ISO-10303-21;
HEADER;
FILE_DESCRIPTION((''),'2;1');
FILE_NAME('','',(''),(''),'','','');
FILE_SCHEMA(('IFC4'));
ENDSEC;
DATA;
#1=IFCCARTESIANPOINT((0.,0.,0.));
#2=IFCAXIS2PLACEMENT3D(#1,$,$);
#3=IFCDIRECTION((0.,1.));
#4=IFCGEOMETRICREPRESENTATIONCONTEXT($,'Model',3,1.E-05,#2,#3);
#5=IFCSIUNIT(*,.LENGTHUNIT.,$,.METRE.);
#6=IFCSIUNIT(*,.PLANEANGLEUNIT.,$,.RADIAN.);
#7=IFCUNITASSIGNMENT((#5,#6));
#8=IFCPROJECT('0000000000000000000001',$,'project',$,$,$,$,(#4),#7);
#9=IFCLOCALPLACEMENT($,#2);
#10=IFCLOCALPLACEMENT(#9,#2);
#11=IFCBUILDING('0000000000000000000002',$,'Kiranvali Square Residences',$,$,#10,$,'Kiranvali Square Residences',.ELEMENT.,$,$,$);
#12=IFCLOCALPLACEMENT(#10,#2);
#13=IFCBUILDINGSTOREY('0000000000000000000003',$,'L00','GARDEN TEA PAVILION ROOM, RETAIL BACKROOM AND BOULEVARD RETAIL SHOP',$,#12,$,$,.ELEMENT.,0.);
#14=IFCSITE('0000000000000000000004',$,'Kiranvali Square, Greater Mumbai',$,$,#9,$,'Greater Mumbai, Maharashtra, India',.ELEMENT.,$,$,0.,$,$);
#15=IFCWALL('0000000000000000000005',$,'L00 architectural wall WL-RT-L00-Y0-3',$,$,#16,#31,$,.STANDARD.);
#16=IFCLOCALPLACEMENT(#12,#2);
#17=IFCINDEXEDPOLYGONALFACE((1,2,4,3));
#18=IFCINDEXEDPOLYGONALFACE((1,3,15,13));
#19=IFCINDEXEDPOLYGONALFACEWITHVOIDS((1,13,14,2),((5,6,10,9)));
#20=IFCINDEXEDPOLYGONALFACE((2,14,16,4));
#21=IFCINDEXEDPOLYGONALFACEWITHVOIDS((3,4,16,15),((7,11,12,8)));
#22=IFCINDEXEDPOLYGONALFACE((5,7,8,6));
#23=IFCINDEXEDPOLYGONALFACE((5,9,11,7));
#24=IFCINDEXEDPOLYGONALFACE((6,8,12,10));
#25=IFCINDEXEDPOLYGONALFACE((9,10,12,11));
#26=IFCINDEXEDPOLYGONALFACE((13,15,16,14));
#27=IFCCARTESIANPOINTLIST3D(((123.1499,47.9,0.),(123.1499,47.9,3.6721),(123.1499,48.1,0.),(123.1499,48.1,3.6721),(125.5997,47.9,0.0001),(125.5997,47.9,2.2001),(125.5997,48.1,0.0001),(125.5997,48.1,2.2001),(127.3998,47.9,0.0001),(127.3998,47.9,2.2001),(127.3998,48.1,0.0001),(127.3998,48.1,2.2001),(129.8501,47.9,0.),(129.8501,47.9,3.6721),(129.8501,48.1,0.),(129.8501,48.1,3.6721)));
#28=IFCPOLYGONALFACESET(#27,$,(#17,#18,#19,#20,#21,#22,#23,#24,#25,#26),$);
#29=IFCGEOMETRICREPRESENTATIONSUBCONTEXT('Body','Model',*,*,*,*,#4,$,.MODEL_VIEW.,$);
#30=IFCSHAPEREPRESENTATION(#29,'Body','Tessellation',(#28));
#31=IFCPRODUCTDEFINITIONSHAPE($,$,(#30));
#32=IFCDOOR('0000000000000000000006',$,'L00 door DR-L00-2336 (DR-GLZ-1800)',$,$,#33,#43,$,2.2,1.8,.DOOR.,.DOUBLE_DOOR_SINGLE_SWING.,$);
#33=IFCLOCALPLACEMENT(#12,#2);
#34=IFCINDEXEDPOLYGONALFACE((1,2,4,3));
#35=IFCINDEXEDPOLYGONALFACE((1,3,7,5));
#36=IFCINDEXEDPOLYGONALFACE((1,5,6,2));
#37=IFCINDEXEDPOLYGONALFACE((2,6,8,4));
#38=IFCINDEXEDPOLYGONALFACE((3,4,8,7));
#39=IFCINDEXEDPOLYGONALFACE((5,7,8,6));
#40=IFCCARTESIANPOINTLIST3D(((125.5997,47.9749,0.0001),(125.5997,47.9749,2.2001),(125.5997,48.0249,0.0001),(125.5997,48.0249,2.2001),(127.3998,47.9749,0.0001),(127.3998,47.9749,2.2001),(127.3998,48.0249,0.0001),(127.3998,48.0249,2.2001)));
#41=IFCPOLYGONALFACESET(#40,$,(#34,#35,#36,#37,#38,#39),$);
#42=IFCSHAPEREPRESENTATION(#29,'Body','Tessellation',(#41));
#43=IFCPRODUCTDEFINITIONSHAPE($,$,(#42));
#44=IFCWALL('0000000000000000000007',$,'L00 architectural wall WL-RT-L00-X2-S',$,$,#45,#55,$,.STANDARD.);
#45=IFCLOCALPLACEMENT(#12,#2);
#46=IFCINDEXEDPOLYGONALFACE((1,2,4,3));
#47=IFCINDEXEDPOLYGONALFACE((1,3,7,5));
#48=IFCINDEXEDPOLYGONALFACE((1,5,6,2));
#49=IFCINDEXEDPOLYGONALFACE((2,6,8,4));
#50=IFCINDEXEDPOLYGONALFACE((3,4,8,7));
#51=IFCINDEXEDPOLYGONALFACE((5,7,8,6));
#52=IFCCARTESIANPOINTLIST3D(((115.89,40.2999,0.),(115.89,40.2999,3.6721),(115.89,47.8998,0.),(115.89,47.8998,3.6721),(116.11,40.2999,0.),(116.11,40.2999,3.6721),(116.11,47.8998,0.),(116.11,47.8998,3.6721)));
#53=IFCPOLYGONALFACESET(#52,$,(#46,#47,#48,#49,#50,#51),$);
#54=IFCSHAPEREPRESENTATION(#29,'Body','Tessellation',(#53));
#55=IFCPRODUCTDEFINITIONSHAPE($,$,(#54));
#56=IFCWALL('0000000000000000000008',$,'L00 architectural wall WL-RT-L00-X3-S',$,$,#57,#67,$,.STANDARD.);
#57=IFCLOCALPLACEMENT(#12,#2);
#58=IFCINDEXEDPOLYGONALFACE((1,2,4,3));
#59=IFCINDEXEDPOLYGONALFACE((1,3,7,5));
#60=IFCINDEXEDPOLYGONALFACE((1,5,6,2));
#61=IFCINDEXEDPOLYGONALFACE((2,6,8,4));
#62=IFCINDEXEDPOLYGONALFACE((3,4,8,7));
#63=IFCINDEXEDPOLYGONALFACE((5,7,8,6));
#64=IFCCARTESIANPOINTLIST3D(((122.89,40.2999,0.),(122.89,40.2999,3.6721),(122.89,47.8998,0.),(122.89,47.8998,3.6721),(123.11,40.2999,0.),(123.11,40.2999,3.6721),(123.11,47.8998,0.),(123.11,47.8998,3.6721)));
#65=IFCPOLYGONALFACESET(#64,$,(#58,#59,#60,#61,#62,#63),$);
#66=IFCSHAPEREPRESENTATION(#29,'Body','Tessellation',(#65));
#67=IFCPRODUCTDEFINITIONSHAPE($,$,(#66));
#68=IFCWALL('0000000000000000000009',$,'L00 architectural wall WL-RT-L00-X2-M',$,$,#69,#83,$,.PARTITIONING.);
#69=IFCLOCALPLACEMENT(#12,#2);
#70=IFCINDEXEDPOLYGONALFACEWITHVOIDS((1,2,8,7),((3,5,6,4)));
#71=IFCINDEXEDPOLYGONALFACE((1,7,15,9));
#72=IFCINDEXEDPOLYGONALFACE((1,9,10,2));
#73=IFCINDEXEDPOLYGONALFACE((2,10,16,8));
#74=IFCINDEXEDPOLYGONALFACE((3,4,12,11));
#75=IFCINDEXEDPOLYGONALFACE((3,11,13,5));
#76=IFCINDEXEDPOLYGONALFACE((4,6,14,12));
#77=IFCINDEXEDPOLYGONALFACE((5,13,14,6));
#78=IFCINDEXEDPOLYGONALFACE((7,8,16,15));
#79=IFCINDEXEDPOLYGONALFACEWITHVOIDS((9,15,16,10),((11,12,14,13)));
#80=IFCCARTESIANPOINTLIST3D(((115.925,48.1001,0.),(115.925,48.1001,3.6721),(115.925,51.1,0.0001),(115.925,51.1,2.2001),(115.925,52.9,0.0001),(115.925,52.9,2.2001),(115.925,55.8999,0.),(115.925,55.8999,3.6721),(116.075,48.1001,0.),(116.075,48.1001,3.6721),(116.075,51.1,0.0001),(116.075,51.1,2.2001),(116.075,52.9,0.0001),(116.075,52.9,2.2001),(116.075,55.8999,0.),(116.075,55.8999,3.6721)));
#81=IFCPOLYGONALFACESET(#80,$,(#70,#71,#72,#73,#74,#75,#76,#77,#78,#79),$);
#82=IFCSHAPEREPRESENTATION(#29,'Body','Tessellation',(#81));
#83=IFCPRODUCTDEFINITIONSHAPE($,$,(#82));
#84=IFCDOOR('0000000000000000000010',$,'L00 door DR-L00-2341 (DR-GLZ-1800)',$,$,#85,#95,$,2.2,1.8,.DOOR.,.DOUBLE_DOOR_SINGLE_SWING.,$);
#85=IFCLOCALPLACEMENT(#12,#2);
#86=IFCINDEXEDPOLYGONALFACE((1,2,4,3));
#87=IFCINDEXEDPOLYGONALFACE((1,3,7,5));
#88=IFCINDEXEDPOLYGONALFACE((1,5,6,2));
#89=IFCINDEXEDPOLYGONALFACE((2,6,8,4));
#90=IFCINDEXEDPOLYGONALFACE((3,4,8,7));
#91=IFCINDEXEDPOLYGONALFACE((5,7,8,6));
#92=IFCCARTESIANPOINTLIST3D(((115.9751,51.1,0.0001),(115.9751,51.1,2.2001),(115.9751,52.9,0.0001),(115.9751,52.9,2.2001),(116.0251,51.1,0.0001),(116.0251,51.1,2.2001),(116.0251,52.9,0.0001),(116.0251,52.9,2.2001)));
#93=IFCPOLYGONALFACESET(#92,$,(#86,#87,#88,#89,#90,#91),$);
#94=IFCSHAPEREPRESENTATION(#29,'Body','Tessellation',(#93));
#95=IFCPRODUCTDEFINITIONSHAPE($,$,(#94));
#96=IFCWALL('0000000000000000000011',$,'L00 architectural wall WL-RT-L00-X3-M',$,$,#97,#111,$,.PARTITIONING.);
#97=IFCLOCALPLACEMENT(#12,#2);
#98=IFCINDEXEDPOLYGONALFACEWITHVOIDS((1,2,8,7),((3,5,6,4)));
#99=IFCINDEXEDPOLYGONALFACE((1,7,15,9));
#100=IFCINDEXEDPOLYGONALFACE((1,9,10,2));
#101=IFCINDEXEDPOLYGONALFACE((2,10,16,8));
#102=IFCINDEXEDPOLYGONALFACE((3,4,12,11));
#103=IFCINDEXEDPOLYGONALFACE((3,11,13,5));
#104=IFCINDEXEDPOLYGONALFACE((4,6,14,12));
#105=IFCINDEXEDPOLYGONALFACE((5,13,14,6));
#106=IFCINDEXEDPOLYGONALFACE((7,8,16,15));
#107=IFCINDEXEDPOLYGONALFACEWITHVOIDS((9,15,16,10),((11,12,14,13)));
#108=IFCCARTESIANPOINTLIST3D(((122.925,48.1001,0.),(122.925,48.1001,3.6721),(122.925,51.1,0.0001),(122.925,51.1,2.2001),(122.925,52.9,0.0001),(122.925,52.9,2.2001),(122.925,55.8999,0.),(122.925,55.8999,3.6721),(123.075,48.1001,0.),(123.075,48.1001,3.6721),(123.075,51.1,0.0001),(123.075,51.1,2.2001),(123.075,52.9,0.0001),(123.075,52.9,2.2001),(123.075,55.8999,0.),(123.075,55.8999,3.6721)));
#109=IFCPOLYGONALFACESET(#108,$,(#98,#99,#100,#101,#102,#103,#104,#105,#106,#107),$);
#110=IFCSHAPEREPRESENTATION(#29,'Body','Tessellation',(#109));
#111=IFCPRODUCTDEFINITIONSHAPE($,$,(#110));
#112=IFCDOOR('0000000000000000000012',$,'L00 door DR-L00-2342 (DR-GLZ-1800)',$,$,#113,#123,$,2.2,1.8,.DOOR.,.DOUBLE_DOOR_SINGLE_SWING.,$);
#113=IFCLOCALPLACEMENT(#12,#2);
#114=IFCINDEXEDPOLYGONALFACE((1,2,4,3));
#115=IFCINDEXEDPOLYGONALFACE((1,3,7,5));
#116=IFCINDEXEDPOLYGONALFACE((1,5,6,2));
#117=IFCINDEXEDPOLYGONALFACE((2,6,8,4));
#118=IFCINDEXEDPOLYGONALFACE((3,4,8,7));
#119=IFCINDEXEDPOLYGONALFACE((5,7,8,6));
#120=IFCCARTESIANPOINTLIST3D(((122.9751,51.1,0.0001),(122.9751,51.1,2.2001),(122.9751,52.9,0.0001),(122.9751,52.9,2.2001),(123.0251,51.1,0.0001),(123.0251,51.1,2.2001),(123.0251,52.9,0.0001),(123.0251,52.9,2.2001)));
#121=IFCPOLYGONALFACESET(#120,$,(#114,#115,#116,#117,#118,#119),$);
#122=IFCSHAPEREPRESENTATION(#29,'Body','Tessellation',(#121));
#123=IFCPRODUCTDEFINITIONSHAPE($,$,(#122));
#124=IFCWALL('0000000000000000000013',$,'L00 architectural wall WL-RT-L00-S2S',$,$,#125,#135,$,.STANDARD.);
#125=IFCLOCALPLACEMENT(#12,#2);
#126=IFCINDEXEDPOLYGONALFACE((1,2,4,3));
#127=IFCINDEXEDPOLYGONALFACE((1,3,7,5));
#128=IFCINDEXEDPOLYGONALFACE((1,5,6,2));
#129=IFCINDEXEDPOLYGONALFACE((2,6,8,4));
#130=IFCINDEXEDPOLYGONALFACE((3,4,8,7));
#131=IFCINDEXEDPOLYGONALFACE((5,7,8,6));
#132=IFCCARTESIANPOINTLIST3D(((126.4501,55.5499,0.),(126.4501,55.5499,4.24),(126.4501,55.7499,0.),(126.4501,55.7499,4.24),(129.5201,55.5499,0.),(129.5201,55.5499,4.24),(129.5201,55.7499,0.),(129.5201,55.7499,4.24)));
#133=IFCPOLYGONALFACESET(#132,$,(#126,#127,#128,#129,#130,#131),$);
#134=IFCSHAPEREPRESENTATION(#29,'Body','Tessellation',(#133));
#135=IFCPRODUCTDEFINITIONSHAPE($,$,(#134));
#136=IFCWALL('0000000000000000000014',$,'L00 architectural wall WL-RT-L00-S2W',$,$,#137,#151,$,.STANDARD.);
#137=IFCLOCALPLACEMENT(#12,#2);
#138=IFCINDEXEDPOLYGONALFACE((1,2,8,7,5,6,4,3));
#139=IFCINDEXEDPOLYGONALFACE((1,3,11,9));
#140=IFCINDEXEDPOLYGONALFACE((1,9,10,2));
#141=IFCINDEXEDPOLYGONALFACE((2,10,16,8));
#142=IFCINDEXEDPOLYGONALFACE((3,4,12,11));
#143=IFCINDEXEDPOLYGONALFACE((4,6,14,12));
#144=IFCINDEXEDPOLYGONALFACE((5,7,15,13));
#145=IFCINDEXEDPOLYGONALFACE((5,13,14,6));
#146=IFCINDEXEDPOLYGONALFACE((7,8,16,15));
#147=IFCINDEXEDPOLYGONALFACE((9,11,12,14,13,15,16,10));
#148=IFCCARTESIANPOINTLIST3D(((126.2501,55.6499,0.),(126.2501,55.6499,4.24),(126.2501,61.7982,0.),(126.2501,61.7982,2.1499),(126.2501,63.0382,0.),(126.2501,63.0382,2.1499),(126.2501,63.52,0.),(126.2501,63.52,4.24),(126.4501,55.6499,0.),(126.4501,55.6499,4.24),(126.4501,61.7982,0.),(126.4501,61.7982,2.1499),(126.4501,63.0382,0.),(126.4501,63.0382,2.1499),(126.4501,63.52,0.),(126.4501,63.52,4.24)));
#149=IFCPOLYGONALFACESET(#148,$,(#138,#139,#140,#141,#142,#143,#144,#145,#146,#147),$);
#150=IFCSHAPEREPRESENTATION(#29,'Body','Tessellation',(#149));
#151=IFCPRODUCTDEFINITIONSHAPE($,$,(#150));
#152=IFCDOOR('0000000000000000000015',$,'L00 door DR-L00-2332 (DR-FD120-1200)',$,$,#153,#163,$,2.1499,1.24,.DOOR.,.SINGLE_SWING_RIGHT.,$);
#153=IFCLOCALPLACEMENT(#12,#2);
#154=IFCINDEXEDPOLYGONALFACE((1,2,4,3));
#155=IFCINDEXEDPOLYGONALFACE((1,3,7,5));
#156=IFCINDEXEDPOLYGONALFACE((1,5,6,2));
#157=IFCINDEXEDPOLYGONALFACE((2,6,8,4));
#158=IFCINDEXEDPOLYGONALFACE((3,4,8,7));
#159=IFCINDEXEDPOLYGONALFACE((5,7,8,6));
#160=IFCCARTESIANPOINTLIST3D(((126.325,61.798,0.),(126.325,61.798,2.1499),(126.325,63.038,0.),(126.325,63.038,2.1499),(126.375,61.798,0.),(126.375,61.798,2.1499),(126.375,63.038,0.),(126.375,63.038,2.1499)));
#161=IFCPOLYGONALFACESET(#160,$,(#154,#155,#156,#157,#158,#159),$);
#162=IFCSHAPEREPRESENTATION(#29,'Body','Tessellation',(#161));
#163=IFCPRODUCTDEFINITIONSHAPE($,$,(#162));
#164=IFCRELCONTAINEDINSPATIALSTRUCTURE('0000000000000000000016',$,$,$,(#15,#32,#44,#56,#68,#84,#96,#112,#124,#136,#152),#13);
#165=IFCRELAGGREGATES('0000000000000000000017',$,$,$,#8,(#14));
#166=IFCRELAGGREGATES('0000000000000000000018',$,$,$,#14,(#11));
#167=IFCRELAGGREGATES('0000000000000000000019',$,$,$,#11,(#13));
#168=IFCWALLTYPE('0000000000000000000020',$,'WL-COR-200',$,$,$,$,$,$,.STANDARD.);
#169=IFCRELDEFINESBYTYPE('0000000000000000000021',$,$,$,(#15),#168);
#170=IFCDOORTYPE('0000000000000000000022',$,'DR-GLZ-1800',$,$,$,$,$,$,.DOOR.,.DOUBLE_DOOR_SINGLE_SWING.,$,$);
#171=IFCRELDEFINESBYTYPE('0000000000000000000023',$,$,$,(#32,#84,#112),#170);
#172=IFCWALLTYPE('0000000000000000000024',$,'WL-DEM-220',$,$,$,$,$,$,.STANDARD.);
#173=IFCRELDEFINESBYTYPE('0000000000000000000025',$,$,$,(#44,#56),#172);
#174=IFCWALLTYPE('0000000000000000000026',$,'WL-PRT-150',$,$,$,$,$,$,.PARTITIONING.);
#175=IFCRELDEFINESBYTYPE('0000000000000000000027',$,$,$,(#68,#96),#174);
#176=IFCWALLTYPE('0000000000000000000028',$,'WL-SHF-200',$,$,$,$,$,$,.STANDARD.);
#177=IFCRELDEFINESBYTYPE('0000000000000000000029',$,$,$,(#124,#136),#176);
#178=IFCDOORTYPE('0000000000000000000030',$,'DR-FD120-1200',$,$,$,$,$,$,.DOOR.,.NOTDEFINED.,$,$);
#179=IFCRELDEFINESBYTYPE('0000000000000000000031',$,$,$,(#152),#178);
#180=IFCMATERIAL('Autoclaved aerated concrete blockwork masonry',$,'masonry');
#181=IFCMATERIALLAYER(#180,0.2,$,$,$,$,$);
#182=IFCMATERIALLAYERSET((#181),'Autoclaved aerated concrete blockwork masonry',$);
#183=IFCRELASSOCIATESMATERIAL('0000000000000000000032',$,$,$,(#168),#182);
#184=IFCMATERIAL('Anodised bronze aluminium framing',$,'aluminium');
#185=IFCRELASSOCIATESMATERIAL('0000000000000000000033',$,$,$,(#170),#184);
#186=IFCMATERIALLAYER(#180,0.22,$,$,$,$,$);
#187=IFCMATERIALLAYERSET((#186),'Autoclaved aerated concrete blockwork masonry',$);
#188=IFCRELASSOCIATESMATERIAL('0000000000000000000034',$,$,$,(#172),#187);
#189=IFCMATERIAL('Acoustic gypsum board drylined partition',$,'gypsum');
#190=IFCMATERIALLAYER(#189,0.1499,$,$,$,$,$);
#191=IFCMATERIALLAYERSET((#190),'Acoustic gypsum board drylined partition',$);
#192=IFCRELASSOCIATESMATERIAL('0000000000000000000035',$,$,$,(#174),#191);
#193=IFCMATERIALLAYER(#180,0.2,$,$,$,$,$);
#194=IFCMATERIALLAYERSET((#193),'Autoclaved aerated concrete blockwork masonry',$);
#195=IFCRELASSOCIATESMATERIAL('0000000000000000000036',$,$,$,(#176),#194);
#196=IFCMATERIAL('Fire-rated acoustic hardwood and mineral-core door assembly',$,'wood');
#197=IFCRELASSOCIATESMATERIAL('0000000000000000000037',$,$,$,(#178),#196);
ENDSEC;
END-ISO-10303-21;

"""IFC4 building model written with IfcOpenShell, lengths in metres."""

from ifc_helpers import new_model, si_unit, direction, frame, frame_2d, origin, place, context, subcontext, project, spatial, rectangle, extrude, material, layer, layer_set, type_object, element, fill, save


model = new_model("IFC4")

# Units and contexts
model_context = context("Model", 3, precision=1e-05, world=origin(), true_north=direction((0.0, 1.0)))
body_context = subcontext(model_context, "Body", "Model", "MODEL_VIEW")
ifc_project = project(units=[si_unit("LENGTHUNIT", "METRE"), si_unit("PLANEANGLEUNIT", "RADIAN")], contexts=[model_context])

# Site, building, storey
site_placement = place(None, origin())
site = spatial("IfcSite", under=ifc_project, at=site_placement, Name="Kiranvali Square, Greater Mumbai", LongName="Greater Mumbai, Maharashtra, India", CompositionType="ELEMENT", RefElevation=0.0)
building_placement = place(site_placement, origin())
building = spatial("IfcBuilding", under=site, at=building_placement, Name="Kiranvali Square Residences", LongName="Kiranvali Square Residences", CompositionType="ELEMENT")
storey_placement = place(building_placement, origin())
storey = spatial("IfcBuildingStorey", under=building, at=storey_placement, Name="L00", Description="GARDEN TEA PAVILION ROOM, RETAIL BACKROOM AND BOULEVARD RETAIL SHOP", CompositionType="ELEMENT", Elevation=0.0)

# Shared definitions
ifc_material_1 = material(Name="Anodised bronze aluminium framing", Category="aluminium")

# Wall, opening, door
ifc_material_2 = material(Name="Autoclaved aerated concrete blockwork masonry", Category="masonry")
ifc_layer_1 = layer(ifc_material_2, 0.2)
ifc_layer_set_1 = layer_set([ifc_layer_1], Name="Autoclaved aerated concrete blockwork masonry")
wall_type_1 = type_object("IfcWallType", Name="WL-COR-200", PredefinedType="STANDARD", material=ifc_layer_set_1)
door_type_1 = type_object("IfcDoorType", Name="DR-GLZ-1800", OperationType="DOUBLE_DOOR_SINGLE_SWING", PredefinedType="DOOR", material=ifc_material_1)
wall_1_placement = place(storey_placement, frame((123.1499, 48.0, 0.0), z_axis=(0.0, 0.0, 1.0), x_axis=(1.0, 0.0, 0.0)))
wall_1 = element("IfcWall", 1, at=wall_1_placement, inside=storey, type_object=wall_type_1, Name="L00 architectural wall WL-RT-L00-Y0-3", PredefinedType="STANDARD", context=body_context, shape_type="SweptSolid", body=[
    extrude(rectangle(XDim=6.7002, YDim=0.2, at=frame_2d((3.3501, 0.0))), origin(), (0.0, 0.0, 1.0), 3.6721),
])
opening_1_placement = place(wall_1_placement, frame((2.45, 0.0, 0.0)))
opening_1 = element("IfcOpeningElement", 2, at=opening_1_placement, cuts=wall_1, PredefinedType="OPENING", context=body_context, shape_type="SweptSolid", body=[
    extrude(rectangle(XDim=1.8, YDim=2.2, at=frame_2d((0.8999, 1.1001))), frame((0.0, 0.1099, 0.0), z_axis=(0.0, -1.0, 0.0), x_axis=(1.0, 0.0, 0.0)), (0.0, 0.0, 1.0), 0.22),
])
door_1_placement = place(opening_1_placement, origin())
door_1 = element("IfcDoor", 3, at=door_1_placement, inside=storey, type_object=door_type_1, Name="L00 door DR-L00-2336 (DR-GLZ-1800)", OperationType="DOUBLE_DOOR_SINGLE_SWING", OverallHeight=2.2, OverallWidth=1.8, PredefinedType="DOOR", context=body_context, shape_type="SweptSolid", body=[
    extrude(rectangle(XDim=1.8, YDim=2.2, at=frame_2d((0.8999, 1.1001))), frame((0.0, 0.0249, 0.0), z_axis=(0.0, -1.0, 0.0), x_axis=(1.0, 0.0, 0.0)), (0.0, 0.0, 1.0), 0.05),
])
fill(opening_1, door_1)

# Walls
ifc_layer_2 = layer(ifc_material_2, 0.22)
ifc_layer_set_2 = layer_set([ifc_layer_2], Name="Autoclaved aerated concrete blockwork masonry")
wall_type_2 = type_object("IfcWallType", Name="WL-DEM-220", PredefinedType="STANDARD", material=ifc_layer_set_2)
for number, where, z_axis, x_axis, name in (
    (4, (116.0, 40.3, 0.0), (0.0, 0.0, 1.0), (0.0, 1.0, 0.0), "L00 architectural wall WL-RT-L00-X2-S"),
    (5, (123.0, 40.3, 0.0), (0.0, 0.0, 1.0), (0.0, 1.0, 0.0), "L00 architectural wall WL-RT-L00-X3-S"),
):
    element("IfcWall", number, at=place(storey_placement, frame(where, z_axis=z_axis, x_axis=x_axis)), inside=storey, type_object=wall_type_2, Name=name, PredefinedType="STANDARD", context=body_context, shape_type="SweptSolid", body=[
        extrude(rectangle(XDim=7.5999, YDim=0.22, at=frame_2d((3.7998, 0.0))), origin(), (0.0, 0.0, 1.0), 3.6721),
    ])

# Walls, openings, doors
ifc_material_3 = material(Name="Acoustic gypsum board drylined partition", Category="gypsum")
ifc_layer_3 = layer(ifc_material_3, 0.1499)
ifc_layer_set_3 = layer_set([ifc_layer_3], Name="Acoustic gypsum board drylined partition")
wall_type_3 = type_object("IfcWallType", Name="WL-PRT-150", PredefinedType="PARTITIONING", material=ifc_layer_set_3)
wall_2_placement = place(storey_placement, frame((116.0, 48.1001, 0.0), z_axis=(0.0, 0.0, 1.0), x_axis=(0.0, 1.0, 0.0)))
wall_2 = element("IfcWall", 6, at=wall_2_placement, inside=storey, type_object=wall_type_3, Name="L00 architectural wall WL-RT-L00-X2-M", PredefinedType="PARTITIONING", context=body_context, shape_type="SweptSolid", body=[
    extrude(rectangle(XDim=7.7998, YDim=0.1499, at=frame_2d((3.8999, 0.0))), origin(), (0.0, 0.0, 1.0), 3.6721),
])
opening_2_placement = place(wall_2_placement, frame((3.0, 0.0, 0.0)))
opening_2 = element("IfcOpeningElement", 7, at=opening_2_placement, cuts=wall_2, PredefinedType="OPENING", context=body_context, shape_type="SweptSolid", body=[
    extrude(rectangle(XDim=1.8, YDim=2.2, at=frame_2d((0.8999, 1.1001))), frame((0.0, 0.085, 0.0), z_axis=(0.0, -1.0, 0.0), x_axis=(1.0, 0.0, 0.0)), (0.0, 0.0, 1.0), 0.1699),
])
door_2_placement = place(opening_2_placement, origin())
door_2 = element("IfcDoor", 8, at=door_2_placement, inside=storey, type_object=door_type_1, Name="L00 door DR-L00-2341 (DR-GLZ-1800)", OperationType="DOUBLE_DOOR_SINGLE_SWING", OverallHeight=2.2, OverallWidth=1.8, PredefinedType="DOOR", context=body_context, shape_type="SweptSolid", body=[
    extrude(rectangle(XDim=1.8, YDim=2.2, at=frame_2d((0.8999, 1.1001))), frame((0.0, 0.0249, 0.0), z_axis=(0.0, -1.0, 0.0), x_axis=(1.0, 0.0, 0.0)), (0.0, 0.0, 1.0), 0.05),
])
fill(opening_2, door_2)
wall_3_placement = place(storey_placement, frame((123.0, 48.1001, 0.0), z_axis=(0.0, 0.0, 1.0), x_axis=(0.0, 1.0, 0.0)))
wall_3 = element("IfcWall", 9, at=wall_3_placement, inside=storey, type_object=wall_type_3, Name="L00 architectural wall WL-RT-L00-X3-M", PredefinedType="PARTITIONING", context=body_context, shape_type="SweptSolid", body=[
    extrude(rectangle(XDim=7.7998, YDim=0.1499, at=frame_2d((3.8999, 0.0))), origin(), (0.0, 0.0, 1.0), 3.6721),
])
opening_3_placement = place(wall_3_placement, frame((3.0, 0.0, 0.0)))
opening_3 = element("IfcOpeningElement", 10, at=opening_3_placement, cuts=wall_3, PredefinedType="OPENING", context=body_context, shape_type="SweptSolid", body=[
    extrude(rectangle(XDim=1.8, YDim=2.2, at=frame_2d((0.8999, 1.1001))), frame((0.0, 0.085, 0.0), z_axis=(0.0, -1.0, 0.0), x_axis=(1.0, 0.0, 0.0)), (0.0, 0.0, 1.0), 0.1699),
])
door_3_placement = place(opening_3_placement, origin())
door_3 = element("IfcDoor", 11, at=door_3_placement, inside=storey, type_object=door_type_1, Name="L00 door DR-L00-2342 (DR-GLZ-1800)", OperationType="DOUBLE_DOOR_SINGLE_SWING", OverallHeight=2.2, OverallWidth=1.8, PredefinedType="DOOR", context=body_context, shape_type="SweptSolid", body=[
    extrude(rectangle(XDim=1.8, YDim=2.2, at=frame_2d((0.8999, 1.1001))), frame((0.0, 0.0249, 0.0), z_axis=(0.0, -1.0, 0.0), x_axis=(1.0, 0.0, 0.0)), (0.0, 0.0, 1.0), 0.05),
])
fill(opening_3, door_3)

# Wall
ifc_layer_4 = layer(ifc_material_2, 0.2)
ifc_layer_set_4 = layer_set([ifc_layer_4], Name="Autoclaved aerated concrete blockwork masonry")
wall_type_4 = type_object("IfcWallType", Name="WL-SHF-200", PredefinedType="STANDARD", material=ifc_layer_set_4)
wall_4_placement = place(storey_placement, frame((126.45, 55.6499, 0.0), z_axis=(0.0, 0.0, 1.0), x_axis=(1.0, 0.0, 0.0)))
element("IfcWall", 12, at=wall_4_placement, inside=storey, type_object=wall_type_4, Name="L00 architectural wall WL-RT-L00-S2S", PredefinedType="STANDARD", context=body_context, shape_type="SweptSolid", body=[
    extrude(rectangle(XDim=3.0701, YDim=0.2, at=frame_2d((1.5352, 0.0))), origin(), (0.0, 0.0, 1.0), 4.24),
])

# Wall, opening, door
wall_5_placement = place(storey_placement, frame((126.3501, 55.6499, 0.0), z_axis=(0.0, 0.0, 1.0), x_axis=(0.0, 1.0, 0.0)))
wall_5 = element("IfcWall", 13, at=wall_5_placement, inside=storey, type_object=wall_type_4, Name="L00 architectural wall WL-RT-L00-S2W", PredefinedType="STANDARD", context=body_context, shape_type="SweptSolid", body=[
    extrude(rectangle(XDim=7.8701, YDim=0.2, at=frame_2d((3.9351, 0.0))), origin(), (0.0, 0.0, 1.0), 4.24),
])
opening_4_placement = place(wall_5_placement, frame((6.1482, 0.0, 0.0)))
opening_4 = element("IfcOpeningElement", 14, at=opening_4_placement, cuts=wall_5, PredefinedType="OPENING", context=body_context, shape_type="SweptSolid", body=[
    extrude(rectangle(XDim=1.24, YDim=2.1499, at=frame_2d((0.6201, 1.075))), frame((0.0, 0.1099, 0.0), z_axis=(0.0, -1.0, 0.0), x_axis=(1.0, 0.0, 0.0)), (0.0, 0.0, 1.0), 0.22),
])
ifc_material_4 = material(Name="Fire-rated acoustic hardwood and mineral-core door assembly", Category="wood")
door_type_2 = type_object("IfcDoorType", Name="DR-FD120-1200", OperationType="NOTDEFINED", PredefinedType="DOOR", material=ifc_material_4)
door_4_placement = place(opening_4_placement, frame((1.24, 0.0, 0.0), z_axis=(0.0, 0.0, 1.0), x_axis=(-1.0, 0.0, 0.0)))
door_4 = element("IfcDoor", 15, at=door_4_placement, inside=storey, type_object=door_type_2, Name="L00 door DR-L00-2332 (DR-FD120-1200)", OperationType="SINGLE_SWING_RIGHT", OverallHeight=2.1499, OverallWidth=1.24, PredefinedType="DOOR", context=body_context, shape_type="SweptSolid", body=[
    extrude(rectangle(XDim=1.24, YDim=2.1499, at=frame_2d((0.6201, 1.075))), frame((0.0, 0.0249, 0.0), z_axis=(0.0, -1.0, 0.0), x_axis=(1.0, 0.0, 0.0)), (0.0, 0.0, 1.0), 0.05),
])
fill(opening_4, door_4)

save(model, "model.ifc")
